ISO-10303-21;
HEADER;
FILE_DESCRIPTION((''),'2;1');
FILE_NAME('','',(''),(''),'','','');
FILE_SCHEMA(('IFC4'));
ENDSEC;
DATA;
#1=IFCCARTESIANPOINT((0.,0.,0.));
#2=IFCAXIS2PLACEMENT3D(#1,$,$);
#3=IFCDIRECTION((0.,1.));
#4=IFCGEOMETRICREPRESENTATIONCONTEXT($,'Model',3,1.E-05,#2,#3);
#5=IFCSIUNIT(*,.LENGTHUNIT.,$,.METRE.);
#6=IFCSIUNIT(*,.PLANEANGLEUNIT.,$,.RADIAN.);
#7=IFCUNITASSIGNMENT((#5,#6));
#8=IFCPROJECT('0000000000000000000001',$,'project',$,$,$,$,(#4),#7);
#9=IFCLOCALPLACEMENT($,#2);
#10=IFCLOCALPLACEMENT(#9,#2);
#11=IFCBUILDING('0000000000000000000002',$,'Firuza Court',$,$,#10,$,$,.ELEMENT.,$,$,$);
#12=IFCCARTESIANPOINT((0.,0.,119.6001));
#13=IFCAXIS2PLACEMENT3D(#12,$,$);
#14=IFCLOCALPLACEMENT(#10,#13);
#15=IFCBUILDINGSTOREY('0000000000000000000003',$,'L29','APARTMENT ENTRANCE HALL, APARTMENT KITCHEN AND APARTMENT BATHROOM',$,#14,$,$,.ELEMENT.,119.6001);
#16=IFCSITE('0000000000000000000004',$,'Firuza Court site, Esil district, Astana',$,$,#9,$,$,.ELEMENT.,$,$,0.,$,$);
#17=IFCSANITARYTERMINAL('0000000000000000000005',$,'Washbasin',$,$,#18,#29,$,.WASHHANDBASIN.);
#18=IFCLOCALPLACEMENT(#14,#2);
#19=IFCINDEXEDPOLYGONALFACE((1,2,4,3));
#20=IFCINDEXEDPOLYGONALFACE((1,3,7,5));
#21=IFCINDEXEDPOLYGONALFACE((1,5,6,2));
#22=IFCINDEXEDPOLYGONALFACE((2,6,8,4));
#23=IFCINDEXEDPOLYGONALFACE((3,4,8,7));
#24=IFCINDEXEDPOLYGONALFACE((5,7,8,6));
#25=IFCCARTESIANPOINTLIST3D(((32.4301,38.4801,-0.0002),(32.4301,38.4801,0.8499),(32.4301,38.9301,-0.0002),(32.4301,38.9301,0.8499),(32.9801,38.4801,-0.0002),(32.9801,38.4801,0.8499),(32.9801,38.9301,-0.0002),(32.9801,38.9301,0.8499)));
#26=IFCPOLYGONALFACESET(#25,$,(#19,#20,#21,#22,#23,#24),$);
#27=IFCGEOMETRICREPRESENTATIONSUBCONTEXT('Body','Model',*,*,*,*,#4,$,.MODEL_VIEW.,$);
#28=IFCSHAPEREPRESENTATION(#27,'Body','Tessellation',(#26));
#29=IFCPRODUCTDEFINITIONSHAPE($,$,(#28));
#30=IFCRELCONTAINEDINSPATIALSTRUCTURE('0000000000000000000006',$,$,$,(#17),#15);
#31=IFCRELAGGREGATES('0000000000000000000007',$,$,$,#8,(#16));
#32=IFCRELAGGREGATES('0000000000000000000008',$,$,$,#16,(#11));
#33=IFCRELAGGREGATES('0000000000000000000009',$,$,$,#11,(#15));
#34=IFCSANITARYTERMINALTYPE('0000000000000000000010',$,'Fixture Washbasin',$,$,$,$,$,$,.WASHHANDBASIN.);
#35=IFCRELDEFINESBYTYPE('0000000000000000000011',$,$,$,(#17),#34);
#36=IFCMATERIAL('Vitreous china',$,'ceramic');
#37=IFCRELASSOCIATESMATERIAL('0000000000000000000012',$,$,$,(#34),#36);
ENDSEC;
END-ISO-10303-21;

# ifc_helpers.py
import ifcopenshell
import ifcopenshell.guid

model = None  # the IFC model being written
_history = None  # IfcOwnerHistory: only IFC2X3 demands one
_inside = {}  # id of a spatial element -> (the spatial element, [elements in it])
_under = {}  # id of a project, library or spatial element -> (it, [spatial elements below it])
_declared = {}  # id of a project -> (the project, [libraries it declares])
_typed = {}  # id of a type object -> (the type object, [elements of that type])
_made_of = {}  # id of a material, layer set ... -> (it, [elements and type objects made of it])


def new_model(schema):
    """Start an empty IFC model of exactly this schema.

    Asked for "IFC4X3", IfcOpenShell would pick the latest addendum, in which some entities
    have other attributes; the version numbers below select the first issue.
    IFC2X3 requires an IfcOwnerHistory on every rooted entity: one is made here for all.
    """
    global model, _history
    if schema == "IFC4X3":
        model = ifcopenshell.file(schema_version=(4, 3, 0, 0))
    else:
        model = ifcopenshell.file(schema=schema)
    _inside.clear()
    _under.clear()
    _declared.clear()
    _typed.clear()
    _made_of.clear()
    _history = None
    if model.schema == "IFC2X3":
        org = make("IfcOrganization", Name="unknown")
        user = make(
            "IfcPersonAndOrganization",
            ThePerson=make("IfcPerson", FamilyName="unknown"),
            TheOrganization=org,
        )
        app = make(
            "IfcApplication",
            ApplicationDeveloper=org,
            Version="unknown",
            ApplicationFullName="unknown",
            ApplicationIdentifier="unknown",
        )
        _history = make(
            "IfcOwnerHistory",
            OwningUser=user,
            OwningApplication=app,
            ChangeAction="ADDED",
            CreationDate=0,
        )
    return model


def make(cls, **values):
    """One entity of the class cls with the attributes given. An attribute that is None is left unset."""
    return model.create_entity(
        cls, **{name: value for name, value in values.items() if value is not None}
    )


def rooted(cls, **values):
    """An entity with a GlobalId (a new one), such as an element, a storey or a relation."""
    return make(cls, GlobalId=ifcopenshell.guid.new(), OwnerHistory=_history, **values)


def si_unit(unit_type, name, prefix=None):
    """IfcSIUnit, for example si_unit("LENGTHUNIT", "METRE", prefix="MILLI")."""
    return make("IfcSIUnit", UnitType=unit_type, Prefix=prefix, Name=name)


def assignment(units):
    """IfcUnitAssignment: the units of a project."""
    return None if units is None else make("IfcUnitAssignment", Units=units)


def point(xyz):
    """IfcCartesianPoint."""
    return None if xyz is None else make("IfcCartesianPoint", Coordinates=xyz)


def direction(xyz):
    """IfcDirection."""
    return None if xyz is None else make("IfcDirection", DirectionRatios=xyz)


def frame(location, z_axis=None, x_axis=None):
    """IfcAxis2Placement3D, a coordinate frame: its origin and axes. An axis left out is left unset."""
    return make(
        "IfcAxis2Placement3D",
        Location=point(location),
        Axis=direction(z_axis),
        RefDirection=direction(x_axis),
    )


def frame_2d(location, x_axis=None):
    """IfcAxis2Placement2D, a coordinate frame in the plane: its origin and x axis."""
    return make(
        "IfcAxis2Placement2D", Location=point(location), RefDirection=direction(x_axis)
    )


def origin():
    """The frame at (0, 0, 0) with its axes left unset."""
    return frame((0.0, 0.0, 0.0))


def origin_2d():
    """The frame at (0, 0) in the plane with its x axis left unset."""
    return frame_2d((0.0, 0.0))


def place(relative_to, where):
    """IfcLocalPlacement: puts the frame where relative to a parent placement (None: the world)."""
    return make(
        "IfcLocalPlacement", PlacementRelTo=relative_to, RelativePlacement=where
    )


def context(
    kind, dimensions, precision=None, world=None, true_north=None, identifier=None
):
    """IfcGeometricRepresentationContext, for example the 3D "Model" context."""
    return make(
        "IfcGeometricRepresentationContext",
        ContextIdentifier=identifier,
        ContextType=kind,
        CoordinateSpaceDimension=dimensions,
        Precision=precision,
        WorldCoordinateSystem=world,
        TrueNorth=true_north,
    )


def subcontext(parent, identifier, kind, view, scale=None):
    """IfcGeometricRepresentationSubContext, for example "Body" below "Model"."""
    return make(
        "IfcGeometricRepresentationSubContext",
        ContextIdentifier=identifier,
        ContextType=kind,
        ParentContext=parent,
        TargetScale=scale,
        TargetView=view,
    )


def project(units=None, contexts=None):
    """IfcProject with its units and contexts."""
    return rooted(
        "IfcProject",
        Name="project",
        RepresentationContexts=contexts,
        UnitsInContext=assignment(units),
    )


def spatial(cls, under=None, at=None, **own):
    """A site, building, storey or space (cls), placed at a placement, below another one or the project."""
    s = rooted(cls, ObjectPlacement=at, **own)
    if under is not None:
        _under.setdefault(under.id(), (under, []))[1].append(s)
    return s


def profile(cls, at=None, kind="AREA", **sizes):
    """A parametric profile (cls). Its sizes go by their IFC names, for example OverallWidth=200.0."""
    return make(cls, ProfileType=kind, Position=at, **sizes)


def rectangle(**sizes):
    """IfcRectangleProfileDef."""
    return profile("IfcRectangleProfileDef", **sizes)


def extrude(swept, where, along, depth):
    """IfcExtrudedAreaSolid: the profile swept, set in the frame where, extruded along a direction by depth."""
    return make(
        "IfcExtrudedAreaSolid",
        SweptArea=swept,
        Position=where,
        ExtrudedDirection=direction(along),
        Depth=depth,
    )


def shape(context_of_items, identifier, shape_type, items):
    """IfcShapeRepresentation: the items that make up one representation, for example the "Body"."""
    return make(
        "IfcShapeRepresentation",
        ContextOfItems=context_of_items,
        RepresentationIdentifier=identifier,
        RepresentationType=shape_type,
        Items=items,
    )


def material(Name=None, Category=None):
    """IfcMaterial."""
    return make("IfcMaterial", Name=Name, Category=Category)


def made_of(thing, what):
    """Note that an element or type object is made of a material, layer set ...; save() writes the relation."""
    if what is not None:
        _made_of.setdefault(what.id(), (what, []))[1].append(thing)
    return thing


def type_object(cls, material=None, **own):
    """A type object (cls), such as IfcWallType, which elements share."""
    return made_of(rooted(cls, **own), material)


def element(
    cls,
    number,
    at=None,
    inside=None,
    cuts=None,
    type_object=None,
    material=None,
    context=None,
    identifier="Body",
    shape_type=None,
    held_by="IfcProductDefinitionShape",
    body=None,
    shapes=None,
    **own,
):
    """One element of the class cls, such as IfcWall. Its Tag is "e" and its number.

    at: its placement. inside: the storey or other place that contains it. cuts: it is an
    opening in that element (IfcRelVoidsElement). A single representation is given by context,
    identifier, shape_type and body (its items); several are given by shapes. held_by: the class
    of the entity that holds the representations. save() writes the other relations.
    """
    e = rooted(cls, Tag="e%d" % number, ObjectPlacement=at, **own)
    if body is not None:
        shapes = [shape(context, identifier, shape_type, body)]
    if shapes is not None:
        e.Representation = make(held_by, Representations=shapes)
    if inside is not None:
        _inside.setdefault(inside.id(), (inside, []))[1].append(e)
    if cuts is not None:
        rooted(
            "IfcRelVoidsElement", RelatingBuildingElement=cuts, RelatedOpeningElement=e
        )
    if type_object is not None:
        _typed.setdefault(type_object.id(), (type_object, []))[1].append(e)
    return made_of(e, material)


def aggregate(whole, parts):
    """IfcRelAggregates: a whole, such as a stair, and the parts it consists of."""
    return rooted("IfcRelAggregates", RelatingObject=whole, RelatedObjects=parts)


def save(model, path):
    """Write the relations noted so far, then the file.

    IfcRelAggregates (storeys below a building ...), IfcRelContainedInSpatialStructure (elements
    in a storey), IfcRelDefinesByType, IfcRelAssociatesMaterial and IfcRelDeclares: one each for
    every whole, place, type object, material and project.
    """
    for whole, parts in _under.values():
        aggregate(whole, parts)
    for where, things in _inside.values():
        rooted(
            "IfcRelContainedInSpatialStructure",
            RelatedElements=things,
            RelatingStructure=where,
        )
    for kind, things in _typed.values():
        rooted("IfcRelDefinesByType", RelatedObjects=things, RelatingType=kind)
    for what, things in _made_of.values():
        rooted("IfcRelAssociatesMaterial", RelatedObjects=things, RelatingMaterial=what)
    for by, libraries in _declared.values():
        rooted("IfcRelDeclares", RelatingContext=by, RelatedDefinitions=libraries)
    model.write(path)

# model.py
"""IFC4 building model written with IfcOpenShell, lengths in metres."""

from ifc_helpers import new_model, si_unit, direction, frame, origin, origin_2d, place, context, subcontext, project, spatial, rectangle, extrude, material, type_object, element, save


model = new_model("IFC4")

# Units and contexts
model_context = context("Model", 3, precision=1e-05, world=origin(), true_north=direction((0.0, 1.0)))
body_context = subcontext(model_context, "Body", "Model", "MODEL_VIEW")
ifc_project = project(units=[si_unit("LENGTHUNIT", "METRE"), si_unit("PLANEANGLEUNIT", "RADIAN")], contexts=[model_context])

# Site, building, storey
site_placement = place(None, origin())
site = spatial("IfcSite", under=ifc_project, at=site_placement, Name="Firuza Court site, Esil district, Astana", CompositionType="ELEMENT", RefElevation=0.0)
building_placement = place(site_placement, origin())
building = spatial("IfcBuilding", under=site, at=building_placement, Name="Firuza Court", CompositionType="ELEMENT")
storey_placement = place(building_placement, frame((0.0, 0.0, 119.6001)))
storey = spatial("IfcBuildingStorey", under=building, at=storey_placement, Name="L29", Description="APARTMENT ENTRANCE HALL, APARTMENT KITCHEN AND APARTMENT BATHROOM", CompositionType="ELEMENT", Elevation=119.6001)

# Sanitary terminal
ifc_material_1 = material(Name="Vitreous china", Category="ceramic")
sanitary_terminal_type_1 = type_object("IfcSanitaryTerminalType", Name="Fixture Washbasin", PredefinedType="WASHHANDBASIN", material=ifc_material_1)
sanitary_terminal_1_placement = place(storey_placement, frame((32.7051, 38.7051, -0.0002), z_axis=(0.0, 0.0, 1.0), x_axis=(1.0, 0.0, 0.0)))
element("IfcSanitaryTerminal", 1, at=sanitary_terminal_1_placement, inside=storey, type_object=sanitary_terminal_type_1, Name="Washbasin", PredefinedType="WASHHANDBASIN", context=body_context, shape_type="SweptSolid", body=[
    extrude(rectangle(XDim=0.55, YDim=0.45, at=origin_2d()), origin(), (0.0, 0.0, 1.0), 0.8501),
])

save(model, "model.ifc")
